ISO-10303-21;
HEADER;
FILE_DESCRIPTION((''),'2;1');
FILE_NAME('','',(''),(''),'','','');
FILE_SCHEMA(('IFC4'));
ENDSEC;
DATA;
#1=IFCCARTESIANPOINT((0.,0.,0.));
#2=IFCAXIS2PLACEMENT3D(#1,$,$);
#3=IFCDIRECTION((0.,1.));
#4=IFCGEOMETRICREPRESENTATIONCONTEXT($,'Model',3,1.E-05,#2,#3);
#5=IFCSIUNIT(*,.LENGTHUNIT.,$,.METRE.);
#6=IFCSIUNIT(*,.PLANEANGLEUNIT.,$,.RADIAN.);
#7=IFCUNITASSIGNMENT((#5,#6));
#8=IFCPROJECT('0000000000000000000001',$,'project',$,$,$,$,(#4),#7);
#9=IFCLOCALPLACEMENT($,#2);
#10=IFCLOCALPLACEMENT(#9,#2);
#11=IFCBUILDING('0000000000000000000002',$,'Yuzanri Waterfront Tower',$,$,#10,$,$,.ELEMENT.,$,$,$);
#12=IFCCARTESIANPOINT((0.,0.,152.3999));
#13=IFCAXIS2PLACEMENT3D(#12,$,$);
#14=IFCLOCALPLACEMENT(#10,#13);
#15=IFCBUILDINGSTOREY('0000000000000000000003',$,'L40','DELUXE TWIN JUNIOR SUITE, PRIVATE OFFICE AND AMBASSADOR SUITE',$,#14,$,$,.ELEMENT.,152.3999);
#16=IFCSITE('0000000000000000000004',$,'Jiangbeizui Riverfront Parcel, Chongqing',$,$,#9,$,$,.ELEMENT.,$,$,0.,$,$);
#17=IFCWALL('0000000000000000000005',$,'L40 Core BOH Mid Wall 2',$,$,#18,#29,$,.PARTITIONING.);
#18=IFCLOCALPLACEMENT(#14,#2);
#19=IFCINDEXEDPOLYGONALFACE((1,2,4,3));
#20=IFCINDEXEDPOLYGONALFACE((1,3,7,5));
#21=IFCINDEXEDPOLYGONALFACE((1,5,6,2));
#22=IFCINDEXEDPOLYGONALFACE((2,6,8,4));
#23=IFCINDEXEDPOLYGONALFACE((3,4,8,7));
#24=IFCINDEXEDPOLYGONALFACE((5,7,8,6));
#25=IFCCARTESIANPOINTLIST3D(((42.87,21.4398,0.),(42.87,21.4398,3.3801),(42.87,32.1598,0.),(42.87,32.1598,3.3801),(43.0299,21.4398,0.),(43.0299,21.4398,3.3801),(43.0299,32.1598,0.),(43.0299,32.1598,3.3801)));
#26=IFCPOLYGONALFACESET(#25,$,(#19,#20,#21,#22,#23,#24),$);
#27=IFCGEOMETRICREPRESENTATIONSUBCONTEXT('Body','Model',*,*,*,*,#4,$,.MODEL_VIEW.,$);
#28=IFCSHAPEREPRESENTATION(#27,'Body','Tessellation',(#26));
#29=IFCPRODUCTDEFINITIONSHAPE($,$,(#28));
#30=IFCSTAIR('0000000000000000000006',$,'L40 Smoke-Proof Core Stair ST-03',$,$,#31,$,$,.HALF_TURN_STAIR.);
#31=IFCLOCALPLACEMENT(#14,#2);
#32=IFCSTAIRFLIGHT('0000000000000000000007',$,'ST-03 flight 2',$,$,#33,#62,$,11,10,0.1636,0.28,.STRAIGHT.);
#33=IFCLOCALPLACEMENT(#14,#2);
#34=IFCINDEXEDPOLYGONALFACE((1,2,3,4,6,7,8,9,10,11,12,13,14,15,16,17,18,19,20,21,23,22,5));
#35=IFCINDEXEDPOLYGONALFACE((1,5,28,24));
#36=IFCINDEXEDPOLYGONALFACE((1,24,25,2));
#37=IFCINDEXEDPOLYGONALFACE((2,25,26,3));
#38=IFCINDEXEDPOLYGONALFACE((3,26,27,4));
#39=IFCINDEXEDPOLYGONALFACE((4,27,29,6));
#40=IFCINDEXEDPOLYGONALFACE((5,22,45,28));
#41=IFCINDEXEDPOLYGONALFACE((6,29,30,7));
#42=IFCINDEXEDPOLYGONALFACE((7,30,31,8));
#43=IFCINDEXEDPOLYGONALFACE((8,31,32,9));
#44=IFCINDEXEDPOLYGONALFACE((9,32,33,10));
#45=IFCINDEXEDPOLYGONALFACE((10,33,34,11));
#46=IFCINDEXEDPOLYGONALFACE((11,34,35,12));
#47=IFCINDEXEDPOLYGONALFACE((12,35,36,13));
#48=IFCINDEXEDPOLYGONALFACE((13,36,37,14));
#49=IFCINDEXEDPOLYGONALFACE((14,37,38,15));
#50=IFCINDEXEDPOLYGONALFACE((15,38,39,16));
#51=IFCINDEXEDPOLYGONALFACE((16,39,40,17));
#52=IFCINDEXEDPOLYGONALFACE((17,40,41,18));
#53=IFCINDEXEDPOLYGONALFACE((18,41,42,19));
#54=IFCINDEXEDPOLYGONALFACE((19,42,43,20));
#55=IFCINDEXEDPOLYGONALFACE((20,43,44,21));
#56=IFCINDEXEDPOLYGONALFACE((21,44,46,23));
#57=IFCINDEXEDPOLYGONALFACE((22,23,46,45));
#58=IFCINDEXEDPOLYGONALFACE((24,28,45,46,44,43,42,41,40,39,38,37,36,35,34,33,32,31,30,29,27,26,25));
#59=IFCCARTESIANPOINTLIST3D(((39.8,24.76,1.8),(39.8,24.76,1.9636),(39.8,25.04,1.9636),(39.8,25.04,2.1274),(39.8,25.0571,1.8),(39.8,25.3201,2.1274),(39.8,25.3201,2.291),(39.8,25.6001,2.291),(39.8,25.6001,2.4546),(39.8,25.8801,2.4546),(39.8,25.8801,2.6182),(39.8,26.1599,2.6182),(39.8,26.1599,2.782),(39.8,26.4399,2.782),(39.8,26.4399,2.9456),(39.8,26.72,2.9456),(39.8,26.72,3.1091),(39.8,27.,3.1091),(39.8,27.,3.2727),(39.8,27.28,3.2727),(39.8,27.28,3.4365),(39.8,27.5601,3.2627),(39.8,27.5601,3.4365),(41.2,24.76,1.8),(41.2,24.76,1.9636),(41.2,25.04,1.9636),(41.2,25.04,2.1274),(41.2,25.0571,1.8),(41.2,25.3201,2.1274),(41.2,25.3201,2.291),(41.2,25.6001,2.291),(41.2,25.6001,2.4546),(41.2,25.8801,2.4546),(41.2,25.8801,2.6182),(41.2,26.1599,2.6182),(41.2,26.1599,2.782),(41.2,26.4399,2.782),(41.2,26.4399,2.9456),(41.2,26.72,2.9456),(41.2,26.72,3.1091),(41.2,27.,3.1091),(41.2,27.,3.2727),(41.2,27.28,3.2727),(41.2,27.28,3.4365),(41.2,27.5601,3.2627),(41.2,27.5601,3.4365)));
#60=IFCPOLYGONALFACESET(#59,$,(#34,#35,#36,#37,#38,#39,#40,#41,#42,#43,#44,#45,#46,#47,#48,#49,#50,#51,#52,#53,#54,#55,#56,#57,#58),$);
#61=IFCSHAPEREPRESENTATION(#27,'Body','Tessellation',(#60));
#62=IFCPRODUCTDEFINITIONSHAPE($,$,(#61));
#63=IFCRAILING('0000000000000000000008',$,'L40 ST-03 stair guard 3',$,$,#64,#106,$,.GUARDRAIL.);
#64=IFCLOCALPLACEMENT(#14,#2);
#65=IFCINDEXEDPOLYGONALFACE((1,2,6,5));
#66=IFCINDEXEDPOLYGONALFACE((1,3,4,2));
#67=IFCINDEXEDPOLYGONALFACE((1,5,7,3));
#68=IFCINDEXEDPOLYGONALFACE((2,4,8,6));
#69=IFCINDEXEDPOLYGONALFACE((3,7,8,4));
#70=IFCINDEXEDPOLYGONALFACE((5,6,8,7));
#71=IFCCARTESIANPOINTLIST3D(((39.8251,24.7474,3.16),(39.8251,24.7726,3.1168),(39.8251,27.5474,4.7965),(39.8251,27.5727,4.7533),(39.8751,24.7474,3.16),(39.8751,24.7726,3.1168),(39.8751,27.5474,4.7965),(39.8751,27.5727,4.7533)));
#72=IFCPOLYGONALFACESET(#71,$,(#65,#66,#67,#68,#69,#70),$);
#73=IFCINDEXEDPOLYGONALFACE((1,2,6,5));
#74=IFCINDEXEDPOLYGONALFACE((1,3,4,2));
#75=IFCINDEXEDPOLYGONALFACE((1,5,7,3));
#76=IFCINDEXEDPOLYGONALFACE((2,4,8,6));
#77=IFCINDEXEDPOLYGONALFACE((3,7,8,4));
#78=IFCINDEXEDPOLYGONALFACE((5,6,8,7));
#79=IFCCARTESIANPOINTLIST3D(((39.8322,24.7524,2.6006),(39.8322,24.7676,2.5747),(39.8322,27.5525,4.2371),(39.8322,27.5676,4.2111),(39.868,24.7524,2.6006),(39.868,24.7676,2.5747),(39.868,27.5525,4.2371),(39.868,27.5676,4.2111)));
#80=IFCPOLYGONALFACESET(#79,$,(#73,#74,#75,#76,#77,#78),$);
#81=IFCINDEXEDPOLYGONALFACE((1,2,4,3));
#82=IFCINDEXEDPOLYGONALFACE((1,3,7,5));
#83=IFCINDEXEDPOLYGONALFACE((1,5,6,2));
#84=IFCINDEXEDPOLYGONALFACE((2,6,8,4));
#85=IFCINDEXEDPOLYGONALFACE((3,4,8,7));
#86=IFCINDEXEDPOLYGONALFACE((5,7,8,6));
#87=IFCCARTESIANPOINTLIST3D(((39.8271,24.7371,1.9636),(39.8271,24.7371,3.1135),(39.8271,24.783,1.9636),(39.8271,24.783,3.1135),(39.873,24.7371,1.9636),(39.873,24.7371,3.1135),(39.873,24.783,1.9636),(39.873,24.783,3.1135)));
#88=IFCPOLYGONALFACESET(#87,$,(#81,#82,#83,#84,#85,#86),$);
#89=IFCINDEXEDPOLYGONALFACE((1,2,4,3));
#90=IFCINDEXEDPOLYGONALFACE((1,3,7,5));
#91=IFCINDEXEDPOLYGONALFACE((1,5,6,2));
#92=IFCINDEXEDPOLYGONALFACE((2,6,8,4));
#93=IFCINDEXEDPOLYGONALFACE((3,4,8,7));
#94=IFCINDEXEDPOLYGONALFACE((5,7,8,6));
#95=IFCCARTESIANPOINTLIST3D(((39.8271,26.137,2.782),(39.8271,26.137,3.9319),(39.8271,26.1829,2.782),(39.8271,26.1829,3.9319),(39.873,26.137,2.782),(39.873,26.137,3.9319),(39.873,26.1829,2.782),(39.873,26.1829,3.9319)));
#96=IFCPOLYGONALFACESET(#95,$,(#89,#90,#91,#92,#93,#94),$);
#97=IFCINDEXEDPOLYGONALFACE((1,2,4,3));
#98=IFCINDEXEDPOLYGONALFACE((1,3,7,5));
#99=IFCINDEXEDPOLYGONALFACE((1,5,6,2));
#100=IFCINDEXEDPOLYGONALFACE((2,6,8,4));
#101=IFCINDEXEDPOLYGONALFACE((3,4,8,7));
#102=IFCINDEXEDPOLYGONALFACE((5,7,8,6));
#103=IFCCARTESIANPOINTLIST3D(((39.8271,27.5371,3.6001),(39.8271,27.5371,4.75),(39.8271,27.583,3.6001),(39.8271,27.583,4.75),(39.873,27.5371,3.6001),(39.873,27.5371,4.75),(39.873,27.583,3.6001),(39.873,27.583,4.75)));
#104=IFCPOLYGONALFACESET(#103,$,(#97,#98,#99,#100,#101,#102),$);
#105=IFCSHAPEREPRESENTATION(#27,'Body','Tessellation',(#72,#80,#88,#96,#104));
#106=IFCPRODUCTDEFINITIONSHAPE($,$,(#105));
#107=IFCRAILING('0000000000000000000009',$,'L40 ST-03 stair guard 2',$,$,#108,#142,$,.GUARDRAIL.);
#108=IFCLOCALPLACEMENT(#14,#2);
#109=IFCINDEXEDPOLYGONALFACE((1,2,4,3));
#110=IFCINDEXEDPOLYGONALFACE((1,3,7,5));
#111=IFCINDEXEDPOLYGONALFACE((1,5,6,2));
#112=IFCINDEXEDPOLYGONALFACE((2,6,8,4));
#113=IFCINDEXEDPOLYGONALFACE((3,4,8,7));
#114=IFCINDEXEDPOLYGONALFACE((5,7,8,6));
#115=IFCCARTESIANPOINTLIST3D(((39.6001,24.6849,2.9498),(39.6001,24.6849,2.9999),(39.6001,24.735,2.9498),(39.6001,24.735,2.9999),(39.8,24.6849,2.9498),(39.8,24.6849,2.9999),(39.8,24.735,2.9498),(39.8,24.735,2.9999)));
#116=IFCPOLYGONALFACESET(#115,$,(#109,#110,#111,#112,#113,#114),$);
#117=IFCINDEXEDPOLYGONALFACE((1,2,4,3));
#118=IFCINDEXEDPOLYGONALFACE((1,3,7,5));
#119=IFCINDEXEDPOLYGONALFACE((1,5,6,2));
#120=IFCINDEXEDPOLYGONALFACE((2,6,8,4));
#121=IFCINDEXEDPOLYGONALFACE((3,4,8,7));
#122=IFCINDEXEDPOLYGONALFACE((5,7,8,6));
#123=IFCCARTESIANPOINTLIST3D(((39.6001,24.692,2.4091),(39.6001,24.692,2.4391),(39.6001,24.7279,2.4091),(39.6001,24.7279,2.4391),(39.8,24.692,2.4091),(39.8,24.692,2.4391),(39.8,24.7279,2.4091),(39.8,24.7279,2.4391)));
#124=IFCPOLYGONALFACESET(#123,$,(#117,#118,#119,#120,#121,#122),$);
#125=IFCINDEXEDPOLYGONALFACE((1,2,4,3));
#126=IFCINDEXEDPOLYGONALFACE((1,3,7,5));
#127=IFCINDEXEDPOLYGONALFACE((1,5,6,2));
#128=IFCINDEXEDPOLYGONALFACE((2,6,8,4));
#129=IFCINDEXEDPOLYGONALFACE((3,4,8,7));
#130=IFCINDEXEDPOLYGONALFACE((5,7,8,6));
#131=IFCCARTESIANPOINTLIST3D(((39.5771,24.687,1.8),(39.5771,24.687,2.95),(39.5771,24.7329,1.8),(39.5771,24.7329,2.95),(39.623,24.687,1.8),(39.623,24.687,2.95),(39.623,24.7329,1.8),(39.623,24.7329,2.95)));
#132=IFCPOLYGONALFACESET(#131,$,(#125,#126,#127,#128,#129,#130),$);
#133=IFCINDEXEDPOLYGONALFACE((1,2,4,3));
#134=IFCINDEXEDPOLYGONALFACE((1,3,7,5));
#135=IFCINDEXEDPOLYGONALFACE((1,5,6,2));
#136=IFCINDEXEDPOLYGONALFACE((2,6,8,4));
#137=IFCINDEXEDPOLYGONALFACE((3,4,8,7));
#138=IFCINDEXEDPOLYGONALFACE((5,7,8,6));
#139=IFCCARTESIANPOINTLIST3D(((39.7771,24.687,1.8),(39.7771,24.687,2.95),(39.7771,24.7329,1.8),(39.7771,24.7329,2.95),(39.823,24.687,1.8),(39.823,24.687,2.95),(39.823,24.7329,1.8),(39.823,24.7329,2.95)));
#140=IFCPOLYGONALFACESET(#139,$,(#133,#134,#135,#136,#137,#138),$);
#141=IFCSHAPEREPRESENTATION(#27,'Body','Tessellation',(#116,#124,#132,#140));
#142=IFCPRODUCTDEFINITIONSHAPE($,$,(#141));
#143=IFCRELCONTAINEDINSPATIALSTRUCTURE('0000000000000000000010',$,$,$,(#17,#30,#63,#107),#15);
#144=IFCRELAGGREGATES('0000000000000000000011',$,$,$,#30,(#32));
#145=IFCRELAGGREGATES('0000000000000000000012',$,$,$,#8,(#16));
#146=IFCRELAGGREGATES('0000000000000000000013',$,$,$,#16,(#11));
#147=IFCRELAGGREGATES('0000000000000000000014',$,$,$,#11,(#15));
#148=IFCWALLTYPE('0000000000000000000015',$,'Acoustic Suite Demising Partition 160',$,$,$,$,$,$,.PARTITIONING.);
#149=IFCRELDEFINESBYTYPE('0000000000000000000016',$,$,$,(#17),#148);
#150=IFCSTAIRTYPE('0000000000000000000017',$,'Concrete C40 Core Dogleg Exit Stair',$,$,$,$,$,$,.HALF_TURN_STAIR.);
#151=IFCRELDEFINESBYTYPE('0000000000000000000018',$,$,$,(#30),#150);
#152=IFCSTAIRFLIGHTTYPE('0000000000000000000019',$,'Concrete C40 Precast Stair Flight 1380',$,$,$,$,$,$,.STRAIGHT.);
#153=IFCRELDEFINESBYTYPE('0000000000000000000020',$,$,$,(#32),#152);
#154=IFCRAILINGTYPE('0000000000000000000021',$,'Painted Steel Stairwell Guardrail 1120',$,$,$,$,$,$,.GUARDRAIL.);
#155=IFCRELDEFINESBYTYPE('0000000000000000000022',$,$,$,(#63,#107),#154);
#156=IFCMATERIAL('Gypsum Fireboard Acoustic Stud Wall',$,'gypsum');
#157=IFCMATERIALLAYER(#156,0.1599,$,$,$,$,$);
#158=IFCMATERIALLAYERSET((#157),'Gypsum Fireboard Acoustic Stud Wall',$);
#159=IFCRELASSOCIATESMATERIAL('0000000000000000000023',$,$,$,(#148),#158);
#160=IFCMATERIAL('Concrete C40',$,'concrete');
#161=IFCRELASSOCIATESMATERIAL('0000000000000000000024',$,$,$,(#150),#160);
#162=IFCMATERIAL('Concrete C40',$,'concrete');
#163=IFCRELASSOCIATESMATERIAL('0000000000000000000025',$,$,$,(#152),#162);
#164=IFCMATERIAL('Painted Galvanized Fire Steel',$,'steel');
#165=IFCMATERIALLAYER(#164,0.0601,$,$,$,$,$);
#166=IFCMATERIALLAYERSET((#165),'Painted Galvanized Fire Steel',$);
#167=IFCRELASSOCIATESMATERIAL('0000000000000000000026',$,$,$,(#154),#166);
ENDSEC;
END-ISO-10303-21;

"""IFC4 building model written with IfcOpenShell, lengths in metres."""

from ifc_helpers import new_model, si_unit, direction, frame, frame_2d, origin, origin_2d, place, context, subcontext, project, spatial, polyline, rectangle, outline, extrude, source, transform, mapped, material, layer, layer_set, type_object, element, aggregate, save


model = new_model("IFC4")

# Units and contexts
model_context = context("Model", 3, precision=1e-05, world=origin(), true_north=direction((0.0, 1.0)))
body_context = subcontext(model_context, "Body", "Model", "MODEL_VIEW")
ifc_project = project(units=[si_unit("LENGTHUNIT", "METRE"), si_unit("PLANEANGLEUNIT", "RADIAN")], contexts=[model_context])

# Site, building, storey
site_placement = place(None, origin())
site = spatial("IfcSite", under=ifc_project, at=site_placement, Name="Jiangbeizui Riverfront Parcel, Chongqing", CompositionType="ELEMENT", RefElevation=0.0)
building_placement = place(site_placement, origin())
building = spatial("IfcBuilding", under=site, at=building_placement, Name="Yuzanri Waterfront Tower", CompositionType="ELEMENT")
storey_placement = place(building_placement, frame((0.0, 0.0, 152.3999)))
storey = spatial("IfcBuildingStorey", under=building, at=storey_placement, Name="L40", Description="DELUXE TWIN JUNIOR SUITE, PRIVATE OFFICE AND AMBASSADOR SUITE", CompositionType="ELEMENT", Elevation=152.3999)

# Wall
ifc_material_1 = material(Name="Gypsum Fireboard Acoustic Stud Wall", Category="gypsum")
ifc_layer_1 = layer(ifc_material_1, 0.1599)
ifc_layer_set_1 = layer_set([ifc_layer_1], Name="Gypsum Fireboard Acoustic Stud Wall")
wall_type_1 = type_object("IfcWallType", Name="Acoustic Suite Demising Partition 160", PredefinedType="PARTITIONING", material=ifc_layer_set_1)
shared_shape_1 = source(origin(), body_context, "Body", "SweptSolid", [
    extrude(rectangle(XDim=10.72, YDim=0.1599, at=frame_2d((5.3599, 0.0))), origin(), (0.0, 0.0, 1.0), 3.3801),
])
wall_1_placement = place(storey_placement, frame((42.95, 21.4399, 0.0), z_axis=(0.0, 0.0, 1.0), x_axis=(0.0, 1.0, 0.0)))
element("IfcWall", 1, at=wall_1_placement, inside=storey, type_object=wall_type_1, Name="L40 Core BOH Mid Wall 2", PredefinedType="PARTITIONING", context=body_context, shape_type="MappedRepresentation", body=[
    mapped(shared_shape_1, transform((0.0, 0.0, 0.0), scale=1.0)),
])

# Stair, stair flight
ifc_material_2 = material(Name="Concrete C40", Category="concrete")
stair_type = type_object("IfcStairType", Name="Concrete C40 Core Dogleg Exit Stair", PredefinedType="HALF_TURN_STAIR", material=ifc_material_2)
stair_placement = place(storey_placement, origin())
stair = element("IfcStair", 2, at=stair_placement, inside=storey, type_object=stair_type, Name="L40 Smoke-Proof Core Stair ST-03", PredefinedType="HALF_TURN_STAIR")
ifc_material_3 = material(Name="Concrete C40", Category="concrete")
stair_flight_type = type_object("IfcStairFlightType", Name="Concrete C40 Precast Stair Flight 1380", PredefinedType="STRAIGHT", material=ifc_material_3)
shared_shape_2 = source(origin(), body_context, "Body", "SweptSolid", [
    extrude(outline(polyline([(0.0, 0.0), (0.0, 0.1636), (0.28, 0.1636), (0.28, 0.3274), (0.5601, 0.3274), (0.5601, 0.491), (0.8401, 0.491), (0.8401, 0.6545), (1.1201, 0.6545), (1.1201, 0.8181), (1.3999, 0.8181), (1.3999, 0.9819), (1.6799, 0.9819), (1.6799, 1.1455), (1.96, 1.1455), (1.96, 1.3091), (2.24, 1.3091), (2.24, 1.4727), (2.52, 1.4727), (2.52, 1.6365), (2.8, 1.6365), (2.8, 1.8), (2.8, 1.4626), (0.2971, 0.0), (0.0, 0.0)])), frame((0.0, 0.7, 0.0), z_axis=(0.0, -1.0, 0.0), x_axis=(1.0, 0.0, 0.0)), (0.0, 0.0, 1.0), 1.3999),
])
stair_flight_placement = place(storey_placement, frame((40.5, 24.76, 1.8), z_axis=(0.0, 0.0, 1.0), x_axis=(0.0, 1.0, 0.0)))
stair_flight = element("IfcStairFlight", 3, at=stair_flight_placement, type_object=stair_flight_type, Name="ST-03 flight 2", NumberOfRisers=11, NumberOfTreads=10, PredefinedType="STRAIGHT", RiserHeight=0.1636, TreadLength=0.28, context=body_context, shape_type="MappedRepresentation", body=[
    mapped(shared_shape_2, transform((0.0, 0.0, 0.0), scale=1.0)),
])
aggregate(stair, [stair_flight])

# Railings
ifc_material_4 = material(Name="Painted Galvanized Fire Steel", Category="steel")
ifc_layer_2 = layer(ifc_material_4, 0.0601)
ifc_layer_set_2 = layer_set([ifc_layer_2], Name="Painted Galvanized Fire Steel")
railing_type = type_object("IfcRailingType", Name="Painted Steel Stairwell Guardrail 1120", PredefinedType="GUARDRAIL", material=ifc_layer_set_2)
shared_shape_3 = source(origin(), body_context, "Body", "SweptSolid", [
    extrude(rectangle(XDim=0.05, YDim=0.05, at=origin_2d()), frame((0.0, 0.0, 1.1748), z_axis=(0.0, 0.863361, 0.504587), x_axis=(-1.0, 0.0, 0.0)), (0.0, 0.0, 1.0), 3.2432),
    extrude(rectangle(XDim=0.0359, YDim=0.03, at=origin_2d()), frame((0.0, 0.0, 0.624), z_axis=(0.0, 0.863361, 0.504587), x_axis=(-1.0, 0.0, 0.0)), (0.0, 0.0, 1.0), 3.2432),
    extrude(rectangle(XDim=0.0459, YDim=0.0459, at=origin_2d()), origin(), (0.0, 0.0, 1.0), 1.1499),
    extrude(rectangle(XDim=0.0459, YDim=0.0459, at=origin_2d()), frame((0.0, 1.3999, 0.8184)), (0.0, 0.0, 1.0), 1.1499),
    extrude(rectangle(XDim=0.0459, YDim=0.0459, at=origin_2d()), frame((0.0, 2.8, 1.6365)), (0.0, 0.0, 1.0), 1.1499),
])
railing_1_placement = place(storey_placement, frame((39.8501, 24.76, 1.9636)))
element("IfcRailing", 4, at=railing_1_placement, inside=storey, type_object=railing_type, Name="L40 ST-03 stair guard 3", PredefinedType="GUARDRAIL", context=body_context, shape_type="MappedRepresentation", body=[
    mapped(shared_shape_3, transform((0.0, 0.0, 0.0), scale=1.0)),
])
shared_shape_4 = source(origin(), body_context, "Body", "SweptSolid", [
    extrude(rectangle(XDim=0.05, YDim=0.05, at=origin_2d()), frame((0.0, 0.0, 1.1748), z_axis=(1.0, 0.0, 0.0), x_axis=(0.0, 1.0, 0.0)), (0.0, 0.0, 1.0), 0.2),
    extrude(rectangle(XDim=0.0359, YDim=0.03, at=origin_2d()), frame((0.0, 0.0, 0.624), z_axis=(1.0, 0.0, 0.0), x_axis=(0.0, 1.0, 0.0)), (0.0, 0.0, 1.0), 0.2),
    extrude(rectangle(XDim=0.0459, YDim=0.0459, at=origin_2d()), origin(), (0.0, 0.0, 1.0), 1.1499),
    extrude(rectangle(XDim=0.0459, YDim=0.0459, at=origin_2d()), frame((0.2, 0.0, 0.0)), (0.0, 0.0, 1.0), 1.1499),
])
railing_2_placement = place(storey_placement, frame((39.6001, 24.71, 1.8)))
element("IfcRailing", 5, at=railing_2_placement, inside=storey, type_object=railing_type, Name="L40 ST-03 stair guard 2", PredefinedType="GUARDRAIL", context=body_context, shape_type="MappedRepresentation", body=[
    mapped(shared_shape_4, transform((0.0, 0.0, 0.0), scale=1.0)),
])

save(model, "model.ifc")
